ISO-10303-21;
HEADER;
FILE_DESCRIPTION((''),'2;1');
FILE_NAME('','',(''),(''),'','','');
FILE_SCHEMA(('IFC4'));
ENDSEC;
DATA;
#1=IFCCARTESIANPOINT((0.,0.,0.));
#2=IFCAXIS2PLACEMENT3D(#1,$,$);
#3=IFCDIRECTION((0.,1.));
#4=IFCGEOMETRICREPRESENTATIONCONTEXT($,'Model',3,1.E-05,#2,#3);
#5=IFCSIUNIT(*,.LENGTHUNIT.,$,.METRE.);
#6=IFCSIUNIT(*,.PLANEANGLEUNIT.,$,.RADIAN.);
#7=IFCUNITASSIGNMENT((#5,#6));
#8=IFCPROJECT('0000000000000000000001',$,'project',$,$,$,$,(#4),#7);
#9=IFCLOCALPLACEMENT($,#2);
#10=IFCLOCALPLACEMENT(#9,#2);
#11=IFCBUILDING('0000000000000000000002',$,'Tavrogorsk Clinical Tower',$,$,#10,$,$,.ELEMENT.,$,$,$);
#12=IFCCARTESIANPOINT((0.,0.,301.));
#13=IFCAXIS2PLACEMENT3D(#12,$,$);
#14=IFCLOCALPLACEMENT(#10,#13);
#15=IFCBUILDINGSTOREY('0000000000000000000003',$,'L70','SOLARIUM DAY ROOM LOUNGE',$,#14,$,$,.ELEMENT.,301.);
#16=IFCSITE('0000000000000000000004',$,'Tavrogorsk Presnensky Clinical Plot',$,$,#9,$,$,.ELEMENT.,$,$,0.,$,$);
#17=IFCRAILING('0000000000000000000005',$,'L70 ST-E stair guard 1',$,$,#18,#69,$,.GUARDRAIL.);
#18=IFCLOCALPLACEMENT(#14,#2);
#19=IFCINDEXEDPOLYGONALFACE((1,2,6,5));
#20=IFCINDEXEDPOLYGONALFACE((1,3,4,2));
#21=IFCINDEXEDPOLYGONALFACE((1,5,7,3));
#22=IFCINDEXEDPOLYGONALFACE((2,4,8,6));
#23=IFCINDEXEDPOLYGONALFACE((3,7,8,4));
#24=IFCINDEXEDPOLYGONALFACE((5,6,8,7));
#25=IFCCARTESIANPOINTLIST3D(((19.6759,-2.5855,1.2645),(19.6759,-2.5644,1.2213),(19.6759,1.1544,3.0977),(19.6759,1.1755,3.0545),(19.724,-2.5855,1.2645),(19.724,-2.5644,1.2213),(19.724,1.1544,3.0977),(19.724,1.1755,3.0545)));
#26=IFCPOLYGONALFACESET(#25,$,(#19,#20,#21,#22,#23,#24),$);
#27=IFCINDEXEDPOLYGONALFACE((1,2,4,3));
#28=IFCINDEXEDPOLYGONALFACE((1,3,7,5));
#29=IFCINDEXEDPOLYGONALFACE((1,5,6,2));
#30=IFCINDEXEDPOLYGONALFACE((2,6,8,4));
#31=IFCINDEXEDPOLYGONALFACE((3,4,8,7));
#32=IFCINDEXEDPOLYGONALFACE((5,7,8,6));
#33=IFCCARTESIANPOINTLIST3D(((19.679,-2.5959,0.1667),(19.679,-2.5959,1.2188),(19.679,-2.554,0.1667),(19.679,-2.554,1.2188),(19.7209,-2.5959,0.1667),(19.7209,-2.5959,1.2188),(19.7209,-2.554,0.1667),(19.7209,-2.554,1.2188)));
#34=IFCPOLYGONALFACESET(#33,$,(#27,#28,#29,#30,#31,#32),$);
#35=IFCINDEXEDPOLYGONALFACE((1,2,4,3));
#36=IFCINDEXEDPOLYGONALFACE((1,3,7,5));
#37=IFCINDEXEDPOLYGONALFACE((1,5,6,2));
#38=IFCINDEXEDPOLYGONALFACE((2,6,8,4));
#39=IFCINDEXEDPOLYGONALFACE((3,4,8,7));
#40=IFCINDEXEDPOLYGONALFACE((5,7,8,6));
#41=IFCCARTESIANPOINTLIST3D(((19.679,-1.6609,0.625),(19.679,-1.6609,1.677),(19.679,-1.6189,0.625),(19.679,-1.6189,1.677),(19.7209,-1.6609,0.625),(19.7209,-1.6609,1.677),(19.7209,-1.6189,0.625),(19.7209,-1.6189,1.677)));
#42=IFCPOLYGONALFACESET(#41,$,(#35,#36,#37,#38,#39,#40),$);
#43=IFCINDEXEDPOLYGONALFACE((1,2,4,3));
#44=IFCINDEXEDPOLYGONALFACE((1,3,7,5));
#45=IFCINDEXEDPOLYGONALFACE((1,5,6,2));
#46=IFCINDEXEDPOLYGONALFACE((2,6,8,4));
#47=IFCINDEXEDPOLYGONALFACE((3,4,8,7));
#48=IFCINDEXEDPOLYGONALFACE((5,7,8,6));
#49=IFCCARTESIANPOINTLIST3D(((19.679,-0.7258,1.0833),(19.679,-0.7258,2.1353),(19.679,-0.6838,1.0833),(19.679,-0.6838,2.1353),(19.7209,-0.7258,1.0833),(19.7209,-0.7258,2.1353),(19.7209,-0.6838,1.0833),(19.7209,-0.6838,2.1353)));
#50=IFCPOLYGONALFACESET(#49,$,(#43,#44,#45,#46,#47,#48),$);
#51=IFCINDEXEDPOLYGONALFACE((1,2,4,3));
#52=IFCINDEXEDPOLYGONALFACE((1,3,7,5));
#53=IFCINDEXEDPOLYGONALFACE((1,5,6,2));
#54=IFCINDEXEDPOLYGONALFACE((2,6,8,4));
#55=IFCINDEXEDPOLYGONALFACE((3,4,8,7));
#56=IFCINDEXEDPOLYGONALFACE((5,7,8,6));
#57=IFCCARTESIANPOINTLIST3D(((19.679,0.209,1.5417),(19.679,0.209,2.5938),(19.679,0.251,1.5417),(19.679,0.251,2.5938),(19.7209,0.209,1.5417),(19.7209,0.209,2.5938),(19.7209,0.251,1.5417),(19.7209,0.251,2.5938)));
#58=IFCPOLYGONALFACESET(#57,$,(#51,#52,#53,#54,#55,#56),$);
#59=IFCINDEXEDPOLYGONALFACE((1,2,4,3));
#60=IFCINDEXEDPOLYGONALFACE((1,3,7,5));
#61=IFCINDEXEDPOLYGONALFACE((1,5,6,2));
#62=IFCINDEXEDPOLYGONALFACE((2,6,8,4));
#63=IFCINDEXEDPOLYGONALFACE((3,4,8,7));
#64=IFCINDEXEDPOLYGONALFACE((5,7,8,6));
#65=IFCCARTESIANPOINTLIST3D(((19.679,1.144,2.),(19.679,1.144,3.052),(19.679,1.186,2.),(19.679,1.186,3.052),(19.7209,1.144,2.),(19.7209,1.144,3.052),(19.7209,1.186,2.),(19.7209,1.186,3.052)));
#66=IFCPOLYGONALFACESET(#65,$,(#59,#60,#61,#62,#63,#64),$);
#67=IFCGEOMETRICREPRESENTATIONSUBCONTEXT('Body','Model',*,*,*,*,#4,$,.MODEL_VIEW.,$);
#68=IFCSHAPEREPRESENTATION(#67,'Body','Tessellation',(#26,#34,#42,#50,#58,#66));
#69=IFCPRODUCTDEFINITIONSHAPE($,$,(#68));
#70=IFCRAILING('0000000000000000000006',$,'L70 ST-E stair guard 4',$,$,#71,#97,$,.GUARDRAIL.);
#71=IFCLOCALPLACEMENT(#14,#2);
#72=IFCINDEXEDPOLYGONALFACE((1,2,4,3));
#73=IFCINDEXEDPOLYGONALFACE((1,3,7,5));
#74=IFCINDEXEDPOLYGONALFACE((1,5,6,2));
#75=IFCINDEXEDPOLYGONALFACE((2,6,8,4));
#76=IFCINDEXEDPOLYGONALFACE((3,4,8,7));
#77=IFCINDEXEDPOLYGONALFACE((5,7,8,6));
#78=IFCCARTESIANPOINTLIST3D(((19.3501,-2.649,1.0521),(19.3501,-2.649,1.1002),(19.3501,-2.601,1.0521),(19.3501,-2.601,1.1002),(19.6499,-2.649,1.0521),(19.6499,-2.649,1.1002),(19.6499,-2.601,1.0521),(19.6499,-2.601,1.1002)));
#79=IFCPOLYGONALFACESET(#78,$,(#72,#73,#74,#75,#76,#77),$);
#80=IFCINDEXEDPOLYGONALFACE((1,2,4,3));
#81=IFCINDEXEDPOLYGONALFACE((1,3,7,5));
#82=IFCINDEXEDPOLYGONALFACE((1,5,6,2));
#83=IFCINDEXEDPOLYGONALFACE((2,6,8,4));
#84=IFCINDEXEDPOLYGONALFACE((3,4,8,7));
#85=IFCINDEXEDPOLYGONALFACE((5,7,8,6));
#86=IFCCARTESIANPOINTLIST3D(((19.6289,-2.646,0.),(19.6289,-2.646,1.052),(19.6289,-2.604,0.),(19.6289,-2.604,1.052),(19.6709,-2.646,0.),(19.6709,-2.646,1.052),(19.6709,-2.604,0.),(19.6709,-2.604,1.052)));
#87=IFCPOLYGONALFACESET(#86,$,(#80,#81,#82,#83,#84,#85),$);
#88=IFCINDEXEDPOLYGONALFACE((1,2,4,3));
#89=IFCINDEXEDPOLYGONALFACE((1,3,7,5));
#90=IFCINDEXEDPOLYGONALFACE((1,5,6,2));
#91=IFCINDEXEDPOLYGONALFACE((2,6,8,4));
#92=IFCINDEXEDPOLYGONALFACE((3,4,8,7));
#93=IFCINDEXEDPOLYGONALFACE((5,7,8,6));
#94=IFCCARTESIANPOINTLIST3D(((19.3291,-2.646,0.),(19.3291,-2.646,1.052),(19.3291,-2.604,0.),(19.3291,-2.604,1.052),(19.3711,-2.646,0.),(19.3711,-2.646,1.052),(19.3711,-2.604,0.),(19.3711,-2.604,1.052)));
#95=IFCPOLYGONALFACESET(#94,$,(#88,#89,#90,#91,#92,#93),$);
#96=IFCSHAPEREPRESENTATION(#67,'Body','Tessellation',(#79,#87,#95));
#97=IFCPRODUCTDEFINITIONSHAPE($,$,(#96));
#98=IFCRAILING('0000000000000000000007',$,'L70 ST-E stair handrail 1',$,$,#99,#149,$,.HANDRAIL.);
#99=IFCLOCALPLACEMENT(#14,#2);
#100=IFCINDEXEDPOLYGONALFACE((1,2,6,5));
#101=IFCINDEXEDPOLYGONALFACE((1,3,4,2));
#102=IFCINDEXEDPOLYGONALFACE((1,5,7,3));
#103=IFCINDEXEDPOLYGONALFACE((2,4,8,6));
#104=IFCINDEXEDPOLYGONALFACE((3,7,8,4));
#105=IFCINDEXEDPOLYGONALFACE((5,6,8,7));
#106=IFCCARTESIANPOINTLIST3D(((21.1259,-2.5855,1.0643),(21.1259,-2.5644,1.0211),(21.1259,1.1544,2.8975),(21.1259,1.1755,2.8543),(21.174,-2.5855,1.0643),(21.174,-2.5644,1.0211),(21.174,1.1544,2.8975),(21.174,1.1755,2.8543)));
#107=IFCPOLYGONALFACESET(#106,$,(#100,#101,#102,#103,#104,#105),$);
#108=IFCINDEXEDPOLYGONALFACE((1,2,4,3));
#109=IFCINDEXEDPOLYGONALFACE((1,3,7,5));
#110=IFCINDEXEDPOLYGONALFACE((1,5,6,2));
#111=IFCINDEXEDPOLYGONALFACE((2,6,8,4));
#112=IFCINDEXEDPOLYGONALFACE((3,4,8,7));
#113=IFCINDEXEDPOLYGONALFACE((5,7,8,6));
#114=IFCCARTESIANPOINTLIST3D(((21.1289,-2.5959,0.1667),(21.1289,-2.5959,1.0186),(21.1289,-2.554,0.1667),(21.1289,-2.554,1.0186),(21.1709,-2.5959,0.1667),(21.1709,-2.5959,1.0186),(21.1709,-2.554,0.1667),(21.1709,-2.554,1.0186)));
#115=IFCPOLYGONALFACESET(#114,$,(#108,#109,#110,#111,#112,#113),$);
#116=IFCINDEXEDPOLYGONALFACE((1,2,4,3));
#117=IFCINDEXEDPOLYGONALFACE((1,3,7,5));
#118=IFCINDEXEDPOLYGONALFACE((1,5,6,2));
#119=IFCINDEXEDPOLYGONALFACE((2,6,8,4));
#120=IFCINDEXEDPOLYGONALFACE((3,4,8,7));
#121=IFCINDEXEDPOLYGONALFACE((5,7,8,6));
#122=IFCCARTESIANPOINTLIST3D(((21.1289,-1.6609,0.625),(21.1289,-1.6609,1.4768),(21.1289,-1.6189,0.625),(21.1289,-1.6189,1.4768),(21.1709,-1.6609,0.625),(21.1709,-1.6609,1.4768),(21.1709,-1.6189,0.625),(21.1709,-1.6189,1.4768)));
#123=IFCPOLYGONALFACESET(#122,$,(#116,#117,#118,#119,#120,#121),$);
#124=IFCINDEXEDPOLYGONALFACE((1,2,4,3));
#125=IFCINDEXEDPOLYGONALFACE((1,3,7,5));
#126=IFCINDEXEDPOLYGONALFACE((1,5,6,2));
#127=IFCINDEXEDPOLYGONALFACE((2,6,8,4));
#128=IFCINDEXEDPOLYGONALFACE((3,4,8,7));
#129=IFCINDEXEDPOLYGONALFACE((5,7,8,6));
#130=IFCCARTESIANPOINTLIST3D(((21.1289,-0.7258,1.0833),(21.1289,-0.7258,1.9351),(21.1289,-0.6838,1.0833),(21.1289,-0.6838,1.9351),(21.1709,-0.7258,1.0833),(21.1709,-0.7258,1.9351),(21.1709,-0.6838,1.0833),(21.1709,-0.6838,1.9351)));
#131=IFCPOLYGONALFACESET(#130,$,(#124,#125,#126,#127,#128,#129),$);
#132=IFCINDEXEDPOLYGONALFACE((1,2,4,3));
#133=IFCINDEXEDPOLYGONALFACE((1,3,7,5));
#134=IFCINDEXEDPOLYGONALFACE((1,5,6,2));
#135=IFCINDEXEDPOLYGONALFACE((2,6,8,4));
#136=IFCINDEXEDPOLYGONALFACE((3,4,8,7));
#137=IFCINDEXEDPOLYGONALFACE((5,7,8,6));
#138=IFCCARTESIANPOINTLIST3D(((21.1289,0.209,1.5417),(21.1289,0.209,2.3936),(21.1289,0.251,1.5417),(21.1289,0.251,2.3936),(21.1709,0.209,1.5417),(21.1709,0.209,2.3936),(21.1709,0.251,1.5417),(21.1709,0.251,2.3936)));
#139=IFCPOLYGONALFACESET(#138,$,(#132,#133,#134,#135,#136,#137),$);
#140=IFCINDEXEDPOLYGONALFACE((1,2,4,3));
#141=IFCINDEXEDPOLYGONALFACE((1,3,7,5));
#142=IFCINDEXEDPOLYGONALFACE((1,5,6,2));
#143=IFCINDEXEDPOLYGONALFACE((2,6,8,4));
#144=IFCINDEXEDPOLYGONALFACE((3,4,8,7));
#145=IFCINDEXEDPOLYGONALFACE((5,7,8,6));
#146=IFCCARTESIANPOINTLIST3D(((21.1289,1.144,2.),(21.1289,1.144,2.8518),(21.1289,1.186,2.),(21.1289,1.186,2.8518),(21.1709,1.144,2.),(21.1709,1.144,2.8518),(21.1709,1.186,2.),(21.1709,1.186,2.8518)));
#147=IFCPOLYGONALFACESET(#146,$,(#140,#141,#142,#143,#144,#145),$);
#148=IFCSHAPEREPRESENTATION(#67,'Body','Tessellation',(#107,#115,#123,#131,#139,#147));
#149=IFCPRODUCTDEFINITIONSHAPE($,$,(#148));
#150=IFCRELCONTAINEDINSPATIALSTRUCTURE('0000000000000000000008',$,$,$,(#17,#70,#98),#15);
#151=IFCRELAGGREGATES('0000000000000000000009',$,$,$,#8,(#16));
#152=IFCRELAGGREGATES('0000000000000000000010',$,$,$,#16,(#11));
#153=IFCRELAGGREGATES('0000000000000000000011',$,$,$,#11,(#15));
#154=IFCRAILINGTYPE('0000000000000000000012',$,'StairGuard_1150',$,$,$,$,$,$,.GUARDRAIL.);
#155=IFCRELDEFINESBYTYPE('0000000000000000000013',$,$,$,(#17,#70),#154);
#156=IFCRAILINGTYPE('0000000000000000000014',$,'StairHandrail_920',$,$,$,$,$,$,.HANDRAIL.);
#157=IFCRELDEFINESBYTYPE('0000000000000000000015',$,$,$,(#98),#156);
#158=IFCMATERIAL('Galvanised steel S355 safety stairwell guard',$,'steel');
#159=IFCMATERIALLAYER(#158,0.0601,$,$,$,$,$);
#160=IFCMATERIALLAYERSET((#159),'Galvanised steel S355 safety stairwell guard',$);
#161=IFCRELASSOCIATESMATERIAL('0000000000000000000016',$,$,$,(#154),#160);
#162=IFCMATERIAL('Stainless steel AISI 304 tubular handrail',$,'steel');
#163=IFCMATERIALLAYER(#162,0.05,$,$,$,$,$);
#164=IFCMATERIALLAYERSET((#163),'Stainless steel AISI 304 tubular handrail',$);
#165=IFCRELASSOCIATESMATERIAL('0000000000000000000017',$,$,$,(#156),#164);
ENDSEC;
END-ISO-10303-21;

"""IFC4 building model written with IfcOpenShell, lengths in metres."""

from ifc_helpers import new_model, si_unit, direction, frame, origin, origin_2d, place, context, subcontext, project, spatial, rectangle, extrude, material, layer, layer_set, type_object, element, save


model = new_model("IFC4")

# Units and contexts
model_context = context("Model", 3, precision=1e-05, world=origin(), true_north=direction((0.0, 1.0)))
body_context = subcontext(model_context, "Body", "Model", "MODEL_VIEW")
ifc_project = project(units=[si_unit("LENGTHUNIT", "METRE"), si_unit("PLANEANGLEUNIT", "RADIAN")], contexts=[model_context])

# Site, building, storey
site_placement = place(None, origin())
site = spatial("IfcSite", under=ifc_project, at=site_placement, Name="Tavrogorsk Presnensky Clinical Plot", CompositionType="ELEMENT", RefElevation=0.0)
building_placement = place(site_placement, origin())
building = spatial("IfcBuilding", under=site, at=building_placement, Name="Tavrogorsk Clinical Tower", CompositionType="ELEMENT")
storey_placement = place(building_placement, frame((0.0, 0.0, 301.0)))
storey = spatial("IfcBuildingStorey", under=building, at=storey_placement, Name="L70", Description="SOLARIUM DAY ROOM LOUNGE", CompositionType="ELEMENT", Elevation=301.0)

# Railings
ifc_material_1 = material(Name="Galvanised steel S355 safety stairwell guard", Category="steel")
ifc_layer_1 = layer(ifc_material_1, 0.0601)
ifc_layer_set_1 = layer_set([ifc_layer_1], Name="Galvanised steel S355 safety stairwell guard")
railing_type_1 = type_object("IfcRailingType", Name="StairGuard_1150", PredefinedType="GUARDRAIL", material=ifc_layer_set_1)
railing_1_placement = place(storey_placement, frame((19.7, -2.575, 0.1667)))
element("IfcRailing", 1, at=railing_1_placement, inside=storey, type_object=railing_type_1, Name="L70 ST-E stair guard 1", PredefinedType="GUARDRAIL", context=body_context, shape_type="SweptSolid", body=[
    extrude(rectangle(XDim=0.0481, YDim=0.0481, at=origin_2d()), frame((0.0, 0.0, 1.0762), z_axis=(0.0, 0.897928, 0.440142), x_axis=(-1.0, 0.0, 0.0)), (0.0, 0.0, 1.0), 4.165),
    extrude(rectangle(XDim=0.042, YDim=0.042, at=origin_2d()), origin(), (0.0, 0.0, 1.0), 1.052),
    extrude(rectangle(XDim=0.042, YDim=0.042, at=origin_2d()), frame((0.0, 0.9351, 0.4583)), (0.0, 0.0, 1.0), 1.052),
    extrude(rectangle(XDim=0.042, YDim=0.042, at=origin_2d()), frame((0.0, 1.8701, 0.9165)), (0.0, 0.0, 1.0), 1.052),
    extrude(rectangle(XDim=0.042, YDim=0.042, at=origin_2d()), frame((0.0, 2.8049, 1.375)), (0.0, 0.0, 1.0), 1.052),
    extrude(rectangle(XDim=0.042, YDim=0.042, at=origin_2d()), frame((0.0, 3.74, 1.8333)), (0.0, 0.0, 1.0), 1.052),
])
railing_2_placement = place(storey_placement, frame((19.6499, -2.625, 0.0)))
element("IfcRailing", 2, at=railing_2_placement, inside=storey, type_object=railing_type_1, Name="L70 ST-E stair guard 4", PredefinedType="GUARDRAIL", context=body_context, shape_type="SweptSolid", body=[
    extrude(rectangle(XDim=0.0481, YDim=0.0481, at=origin_2d()), frame((0.0, 0.0, 1.0762), z_axis=(-1.0, 0.0, 0.0), x_axis=(0.0, -1.0, 0.0)), (0.0, 0.0, 1.0), 0.2998),
    extrude(rectangle(XDim=0.042, YDim=0.042, at=origin_2d()), origin(), (0.0, 0.0, 1.0), 1.052),
    extrude(rectangle(XDim=0.042, YDim=0.042, at=origin_2d()), frame((-0.2998, 0.0, 0.0)), (0.0, 0.0, 1.0), 1.052),
])
ifc_material_2 = material(Name="Stainless steel AISI 304 tubular handrail", Category="steel")
ifc_layer_2 = layer(ifc_material_2, 0.05)
ifc_layer_set_2 = layer_set([ifc_layer_2], Name="Stainless steel AISI 304 tubular handrail")
railing_type_2 = type_object("IfcRailingType", Name="StairHandrail_920", PredefinedType="HANDRAIL", material=ifc_layer_set_2)
railing_3_placement = place(storey_placement, frame((21.1499, -2.575, 0.1667)))
element("IfcRailing", 3, at=railing_3_placement, inside=storey, type_object=railing_type_2, Name="L70 ST-E stair handrail 1", PredefinedType="HANDRAIL", context=body_context, shape_type="SweptSolid", body=[
    extrude(rectangle(XDim=0.0481, YDim=0.0481, at=origin_2d()), frame((0.0, 0.0, 0.876), z_axis=(0.0, 0.897928, 0.440142), x_axis=(-1.0, 0.0, 0.0)), (0.0, 0.0, 1.0), 4.165),
    extrude(rectangle(XDim=0.042, YDim=0.042, at=origin_2d()), origin(), (0.0, 0.0, 1.0), 0.8518),
    extrude(rectangle(XDim=0.042, YDim=0.042, at=origin_2d()), frame((0.0, 0.9351, 0.4583)), (0.0, 0.0, 1.0), 0.8518),
    extrude(rectangle(XDim=0.042, YDim=0.042, at=origin_2d()), frame((0.0, 1.8701, 0.9165)), (0.0, 0.0, 1.0), 0.8518),
    extrude(rectangle(XDim=0.042, YDim=0.042, at=origin_2d()), frame((0.0, 2.8049, 1.375)), (0.0, 0.0, 1.0), 0.8518),
    extrude(rectangle(XDim=0.042, YDim=0.042, at=origin_2d()), frame((0.0, 3.74, 1.8333)), (0.0, 0.0, 1.0), 0.8518),
])

save(model, "model.ifc")
